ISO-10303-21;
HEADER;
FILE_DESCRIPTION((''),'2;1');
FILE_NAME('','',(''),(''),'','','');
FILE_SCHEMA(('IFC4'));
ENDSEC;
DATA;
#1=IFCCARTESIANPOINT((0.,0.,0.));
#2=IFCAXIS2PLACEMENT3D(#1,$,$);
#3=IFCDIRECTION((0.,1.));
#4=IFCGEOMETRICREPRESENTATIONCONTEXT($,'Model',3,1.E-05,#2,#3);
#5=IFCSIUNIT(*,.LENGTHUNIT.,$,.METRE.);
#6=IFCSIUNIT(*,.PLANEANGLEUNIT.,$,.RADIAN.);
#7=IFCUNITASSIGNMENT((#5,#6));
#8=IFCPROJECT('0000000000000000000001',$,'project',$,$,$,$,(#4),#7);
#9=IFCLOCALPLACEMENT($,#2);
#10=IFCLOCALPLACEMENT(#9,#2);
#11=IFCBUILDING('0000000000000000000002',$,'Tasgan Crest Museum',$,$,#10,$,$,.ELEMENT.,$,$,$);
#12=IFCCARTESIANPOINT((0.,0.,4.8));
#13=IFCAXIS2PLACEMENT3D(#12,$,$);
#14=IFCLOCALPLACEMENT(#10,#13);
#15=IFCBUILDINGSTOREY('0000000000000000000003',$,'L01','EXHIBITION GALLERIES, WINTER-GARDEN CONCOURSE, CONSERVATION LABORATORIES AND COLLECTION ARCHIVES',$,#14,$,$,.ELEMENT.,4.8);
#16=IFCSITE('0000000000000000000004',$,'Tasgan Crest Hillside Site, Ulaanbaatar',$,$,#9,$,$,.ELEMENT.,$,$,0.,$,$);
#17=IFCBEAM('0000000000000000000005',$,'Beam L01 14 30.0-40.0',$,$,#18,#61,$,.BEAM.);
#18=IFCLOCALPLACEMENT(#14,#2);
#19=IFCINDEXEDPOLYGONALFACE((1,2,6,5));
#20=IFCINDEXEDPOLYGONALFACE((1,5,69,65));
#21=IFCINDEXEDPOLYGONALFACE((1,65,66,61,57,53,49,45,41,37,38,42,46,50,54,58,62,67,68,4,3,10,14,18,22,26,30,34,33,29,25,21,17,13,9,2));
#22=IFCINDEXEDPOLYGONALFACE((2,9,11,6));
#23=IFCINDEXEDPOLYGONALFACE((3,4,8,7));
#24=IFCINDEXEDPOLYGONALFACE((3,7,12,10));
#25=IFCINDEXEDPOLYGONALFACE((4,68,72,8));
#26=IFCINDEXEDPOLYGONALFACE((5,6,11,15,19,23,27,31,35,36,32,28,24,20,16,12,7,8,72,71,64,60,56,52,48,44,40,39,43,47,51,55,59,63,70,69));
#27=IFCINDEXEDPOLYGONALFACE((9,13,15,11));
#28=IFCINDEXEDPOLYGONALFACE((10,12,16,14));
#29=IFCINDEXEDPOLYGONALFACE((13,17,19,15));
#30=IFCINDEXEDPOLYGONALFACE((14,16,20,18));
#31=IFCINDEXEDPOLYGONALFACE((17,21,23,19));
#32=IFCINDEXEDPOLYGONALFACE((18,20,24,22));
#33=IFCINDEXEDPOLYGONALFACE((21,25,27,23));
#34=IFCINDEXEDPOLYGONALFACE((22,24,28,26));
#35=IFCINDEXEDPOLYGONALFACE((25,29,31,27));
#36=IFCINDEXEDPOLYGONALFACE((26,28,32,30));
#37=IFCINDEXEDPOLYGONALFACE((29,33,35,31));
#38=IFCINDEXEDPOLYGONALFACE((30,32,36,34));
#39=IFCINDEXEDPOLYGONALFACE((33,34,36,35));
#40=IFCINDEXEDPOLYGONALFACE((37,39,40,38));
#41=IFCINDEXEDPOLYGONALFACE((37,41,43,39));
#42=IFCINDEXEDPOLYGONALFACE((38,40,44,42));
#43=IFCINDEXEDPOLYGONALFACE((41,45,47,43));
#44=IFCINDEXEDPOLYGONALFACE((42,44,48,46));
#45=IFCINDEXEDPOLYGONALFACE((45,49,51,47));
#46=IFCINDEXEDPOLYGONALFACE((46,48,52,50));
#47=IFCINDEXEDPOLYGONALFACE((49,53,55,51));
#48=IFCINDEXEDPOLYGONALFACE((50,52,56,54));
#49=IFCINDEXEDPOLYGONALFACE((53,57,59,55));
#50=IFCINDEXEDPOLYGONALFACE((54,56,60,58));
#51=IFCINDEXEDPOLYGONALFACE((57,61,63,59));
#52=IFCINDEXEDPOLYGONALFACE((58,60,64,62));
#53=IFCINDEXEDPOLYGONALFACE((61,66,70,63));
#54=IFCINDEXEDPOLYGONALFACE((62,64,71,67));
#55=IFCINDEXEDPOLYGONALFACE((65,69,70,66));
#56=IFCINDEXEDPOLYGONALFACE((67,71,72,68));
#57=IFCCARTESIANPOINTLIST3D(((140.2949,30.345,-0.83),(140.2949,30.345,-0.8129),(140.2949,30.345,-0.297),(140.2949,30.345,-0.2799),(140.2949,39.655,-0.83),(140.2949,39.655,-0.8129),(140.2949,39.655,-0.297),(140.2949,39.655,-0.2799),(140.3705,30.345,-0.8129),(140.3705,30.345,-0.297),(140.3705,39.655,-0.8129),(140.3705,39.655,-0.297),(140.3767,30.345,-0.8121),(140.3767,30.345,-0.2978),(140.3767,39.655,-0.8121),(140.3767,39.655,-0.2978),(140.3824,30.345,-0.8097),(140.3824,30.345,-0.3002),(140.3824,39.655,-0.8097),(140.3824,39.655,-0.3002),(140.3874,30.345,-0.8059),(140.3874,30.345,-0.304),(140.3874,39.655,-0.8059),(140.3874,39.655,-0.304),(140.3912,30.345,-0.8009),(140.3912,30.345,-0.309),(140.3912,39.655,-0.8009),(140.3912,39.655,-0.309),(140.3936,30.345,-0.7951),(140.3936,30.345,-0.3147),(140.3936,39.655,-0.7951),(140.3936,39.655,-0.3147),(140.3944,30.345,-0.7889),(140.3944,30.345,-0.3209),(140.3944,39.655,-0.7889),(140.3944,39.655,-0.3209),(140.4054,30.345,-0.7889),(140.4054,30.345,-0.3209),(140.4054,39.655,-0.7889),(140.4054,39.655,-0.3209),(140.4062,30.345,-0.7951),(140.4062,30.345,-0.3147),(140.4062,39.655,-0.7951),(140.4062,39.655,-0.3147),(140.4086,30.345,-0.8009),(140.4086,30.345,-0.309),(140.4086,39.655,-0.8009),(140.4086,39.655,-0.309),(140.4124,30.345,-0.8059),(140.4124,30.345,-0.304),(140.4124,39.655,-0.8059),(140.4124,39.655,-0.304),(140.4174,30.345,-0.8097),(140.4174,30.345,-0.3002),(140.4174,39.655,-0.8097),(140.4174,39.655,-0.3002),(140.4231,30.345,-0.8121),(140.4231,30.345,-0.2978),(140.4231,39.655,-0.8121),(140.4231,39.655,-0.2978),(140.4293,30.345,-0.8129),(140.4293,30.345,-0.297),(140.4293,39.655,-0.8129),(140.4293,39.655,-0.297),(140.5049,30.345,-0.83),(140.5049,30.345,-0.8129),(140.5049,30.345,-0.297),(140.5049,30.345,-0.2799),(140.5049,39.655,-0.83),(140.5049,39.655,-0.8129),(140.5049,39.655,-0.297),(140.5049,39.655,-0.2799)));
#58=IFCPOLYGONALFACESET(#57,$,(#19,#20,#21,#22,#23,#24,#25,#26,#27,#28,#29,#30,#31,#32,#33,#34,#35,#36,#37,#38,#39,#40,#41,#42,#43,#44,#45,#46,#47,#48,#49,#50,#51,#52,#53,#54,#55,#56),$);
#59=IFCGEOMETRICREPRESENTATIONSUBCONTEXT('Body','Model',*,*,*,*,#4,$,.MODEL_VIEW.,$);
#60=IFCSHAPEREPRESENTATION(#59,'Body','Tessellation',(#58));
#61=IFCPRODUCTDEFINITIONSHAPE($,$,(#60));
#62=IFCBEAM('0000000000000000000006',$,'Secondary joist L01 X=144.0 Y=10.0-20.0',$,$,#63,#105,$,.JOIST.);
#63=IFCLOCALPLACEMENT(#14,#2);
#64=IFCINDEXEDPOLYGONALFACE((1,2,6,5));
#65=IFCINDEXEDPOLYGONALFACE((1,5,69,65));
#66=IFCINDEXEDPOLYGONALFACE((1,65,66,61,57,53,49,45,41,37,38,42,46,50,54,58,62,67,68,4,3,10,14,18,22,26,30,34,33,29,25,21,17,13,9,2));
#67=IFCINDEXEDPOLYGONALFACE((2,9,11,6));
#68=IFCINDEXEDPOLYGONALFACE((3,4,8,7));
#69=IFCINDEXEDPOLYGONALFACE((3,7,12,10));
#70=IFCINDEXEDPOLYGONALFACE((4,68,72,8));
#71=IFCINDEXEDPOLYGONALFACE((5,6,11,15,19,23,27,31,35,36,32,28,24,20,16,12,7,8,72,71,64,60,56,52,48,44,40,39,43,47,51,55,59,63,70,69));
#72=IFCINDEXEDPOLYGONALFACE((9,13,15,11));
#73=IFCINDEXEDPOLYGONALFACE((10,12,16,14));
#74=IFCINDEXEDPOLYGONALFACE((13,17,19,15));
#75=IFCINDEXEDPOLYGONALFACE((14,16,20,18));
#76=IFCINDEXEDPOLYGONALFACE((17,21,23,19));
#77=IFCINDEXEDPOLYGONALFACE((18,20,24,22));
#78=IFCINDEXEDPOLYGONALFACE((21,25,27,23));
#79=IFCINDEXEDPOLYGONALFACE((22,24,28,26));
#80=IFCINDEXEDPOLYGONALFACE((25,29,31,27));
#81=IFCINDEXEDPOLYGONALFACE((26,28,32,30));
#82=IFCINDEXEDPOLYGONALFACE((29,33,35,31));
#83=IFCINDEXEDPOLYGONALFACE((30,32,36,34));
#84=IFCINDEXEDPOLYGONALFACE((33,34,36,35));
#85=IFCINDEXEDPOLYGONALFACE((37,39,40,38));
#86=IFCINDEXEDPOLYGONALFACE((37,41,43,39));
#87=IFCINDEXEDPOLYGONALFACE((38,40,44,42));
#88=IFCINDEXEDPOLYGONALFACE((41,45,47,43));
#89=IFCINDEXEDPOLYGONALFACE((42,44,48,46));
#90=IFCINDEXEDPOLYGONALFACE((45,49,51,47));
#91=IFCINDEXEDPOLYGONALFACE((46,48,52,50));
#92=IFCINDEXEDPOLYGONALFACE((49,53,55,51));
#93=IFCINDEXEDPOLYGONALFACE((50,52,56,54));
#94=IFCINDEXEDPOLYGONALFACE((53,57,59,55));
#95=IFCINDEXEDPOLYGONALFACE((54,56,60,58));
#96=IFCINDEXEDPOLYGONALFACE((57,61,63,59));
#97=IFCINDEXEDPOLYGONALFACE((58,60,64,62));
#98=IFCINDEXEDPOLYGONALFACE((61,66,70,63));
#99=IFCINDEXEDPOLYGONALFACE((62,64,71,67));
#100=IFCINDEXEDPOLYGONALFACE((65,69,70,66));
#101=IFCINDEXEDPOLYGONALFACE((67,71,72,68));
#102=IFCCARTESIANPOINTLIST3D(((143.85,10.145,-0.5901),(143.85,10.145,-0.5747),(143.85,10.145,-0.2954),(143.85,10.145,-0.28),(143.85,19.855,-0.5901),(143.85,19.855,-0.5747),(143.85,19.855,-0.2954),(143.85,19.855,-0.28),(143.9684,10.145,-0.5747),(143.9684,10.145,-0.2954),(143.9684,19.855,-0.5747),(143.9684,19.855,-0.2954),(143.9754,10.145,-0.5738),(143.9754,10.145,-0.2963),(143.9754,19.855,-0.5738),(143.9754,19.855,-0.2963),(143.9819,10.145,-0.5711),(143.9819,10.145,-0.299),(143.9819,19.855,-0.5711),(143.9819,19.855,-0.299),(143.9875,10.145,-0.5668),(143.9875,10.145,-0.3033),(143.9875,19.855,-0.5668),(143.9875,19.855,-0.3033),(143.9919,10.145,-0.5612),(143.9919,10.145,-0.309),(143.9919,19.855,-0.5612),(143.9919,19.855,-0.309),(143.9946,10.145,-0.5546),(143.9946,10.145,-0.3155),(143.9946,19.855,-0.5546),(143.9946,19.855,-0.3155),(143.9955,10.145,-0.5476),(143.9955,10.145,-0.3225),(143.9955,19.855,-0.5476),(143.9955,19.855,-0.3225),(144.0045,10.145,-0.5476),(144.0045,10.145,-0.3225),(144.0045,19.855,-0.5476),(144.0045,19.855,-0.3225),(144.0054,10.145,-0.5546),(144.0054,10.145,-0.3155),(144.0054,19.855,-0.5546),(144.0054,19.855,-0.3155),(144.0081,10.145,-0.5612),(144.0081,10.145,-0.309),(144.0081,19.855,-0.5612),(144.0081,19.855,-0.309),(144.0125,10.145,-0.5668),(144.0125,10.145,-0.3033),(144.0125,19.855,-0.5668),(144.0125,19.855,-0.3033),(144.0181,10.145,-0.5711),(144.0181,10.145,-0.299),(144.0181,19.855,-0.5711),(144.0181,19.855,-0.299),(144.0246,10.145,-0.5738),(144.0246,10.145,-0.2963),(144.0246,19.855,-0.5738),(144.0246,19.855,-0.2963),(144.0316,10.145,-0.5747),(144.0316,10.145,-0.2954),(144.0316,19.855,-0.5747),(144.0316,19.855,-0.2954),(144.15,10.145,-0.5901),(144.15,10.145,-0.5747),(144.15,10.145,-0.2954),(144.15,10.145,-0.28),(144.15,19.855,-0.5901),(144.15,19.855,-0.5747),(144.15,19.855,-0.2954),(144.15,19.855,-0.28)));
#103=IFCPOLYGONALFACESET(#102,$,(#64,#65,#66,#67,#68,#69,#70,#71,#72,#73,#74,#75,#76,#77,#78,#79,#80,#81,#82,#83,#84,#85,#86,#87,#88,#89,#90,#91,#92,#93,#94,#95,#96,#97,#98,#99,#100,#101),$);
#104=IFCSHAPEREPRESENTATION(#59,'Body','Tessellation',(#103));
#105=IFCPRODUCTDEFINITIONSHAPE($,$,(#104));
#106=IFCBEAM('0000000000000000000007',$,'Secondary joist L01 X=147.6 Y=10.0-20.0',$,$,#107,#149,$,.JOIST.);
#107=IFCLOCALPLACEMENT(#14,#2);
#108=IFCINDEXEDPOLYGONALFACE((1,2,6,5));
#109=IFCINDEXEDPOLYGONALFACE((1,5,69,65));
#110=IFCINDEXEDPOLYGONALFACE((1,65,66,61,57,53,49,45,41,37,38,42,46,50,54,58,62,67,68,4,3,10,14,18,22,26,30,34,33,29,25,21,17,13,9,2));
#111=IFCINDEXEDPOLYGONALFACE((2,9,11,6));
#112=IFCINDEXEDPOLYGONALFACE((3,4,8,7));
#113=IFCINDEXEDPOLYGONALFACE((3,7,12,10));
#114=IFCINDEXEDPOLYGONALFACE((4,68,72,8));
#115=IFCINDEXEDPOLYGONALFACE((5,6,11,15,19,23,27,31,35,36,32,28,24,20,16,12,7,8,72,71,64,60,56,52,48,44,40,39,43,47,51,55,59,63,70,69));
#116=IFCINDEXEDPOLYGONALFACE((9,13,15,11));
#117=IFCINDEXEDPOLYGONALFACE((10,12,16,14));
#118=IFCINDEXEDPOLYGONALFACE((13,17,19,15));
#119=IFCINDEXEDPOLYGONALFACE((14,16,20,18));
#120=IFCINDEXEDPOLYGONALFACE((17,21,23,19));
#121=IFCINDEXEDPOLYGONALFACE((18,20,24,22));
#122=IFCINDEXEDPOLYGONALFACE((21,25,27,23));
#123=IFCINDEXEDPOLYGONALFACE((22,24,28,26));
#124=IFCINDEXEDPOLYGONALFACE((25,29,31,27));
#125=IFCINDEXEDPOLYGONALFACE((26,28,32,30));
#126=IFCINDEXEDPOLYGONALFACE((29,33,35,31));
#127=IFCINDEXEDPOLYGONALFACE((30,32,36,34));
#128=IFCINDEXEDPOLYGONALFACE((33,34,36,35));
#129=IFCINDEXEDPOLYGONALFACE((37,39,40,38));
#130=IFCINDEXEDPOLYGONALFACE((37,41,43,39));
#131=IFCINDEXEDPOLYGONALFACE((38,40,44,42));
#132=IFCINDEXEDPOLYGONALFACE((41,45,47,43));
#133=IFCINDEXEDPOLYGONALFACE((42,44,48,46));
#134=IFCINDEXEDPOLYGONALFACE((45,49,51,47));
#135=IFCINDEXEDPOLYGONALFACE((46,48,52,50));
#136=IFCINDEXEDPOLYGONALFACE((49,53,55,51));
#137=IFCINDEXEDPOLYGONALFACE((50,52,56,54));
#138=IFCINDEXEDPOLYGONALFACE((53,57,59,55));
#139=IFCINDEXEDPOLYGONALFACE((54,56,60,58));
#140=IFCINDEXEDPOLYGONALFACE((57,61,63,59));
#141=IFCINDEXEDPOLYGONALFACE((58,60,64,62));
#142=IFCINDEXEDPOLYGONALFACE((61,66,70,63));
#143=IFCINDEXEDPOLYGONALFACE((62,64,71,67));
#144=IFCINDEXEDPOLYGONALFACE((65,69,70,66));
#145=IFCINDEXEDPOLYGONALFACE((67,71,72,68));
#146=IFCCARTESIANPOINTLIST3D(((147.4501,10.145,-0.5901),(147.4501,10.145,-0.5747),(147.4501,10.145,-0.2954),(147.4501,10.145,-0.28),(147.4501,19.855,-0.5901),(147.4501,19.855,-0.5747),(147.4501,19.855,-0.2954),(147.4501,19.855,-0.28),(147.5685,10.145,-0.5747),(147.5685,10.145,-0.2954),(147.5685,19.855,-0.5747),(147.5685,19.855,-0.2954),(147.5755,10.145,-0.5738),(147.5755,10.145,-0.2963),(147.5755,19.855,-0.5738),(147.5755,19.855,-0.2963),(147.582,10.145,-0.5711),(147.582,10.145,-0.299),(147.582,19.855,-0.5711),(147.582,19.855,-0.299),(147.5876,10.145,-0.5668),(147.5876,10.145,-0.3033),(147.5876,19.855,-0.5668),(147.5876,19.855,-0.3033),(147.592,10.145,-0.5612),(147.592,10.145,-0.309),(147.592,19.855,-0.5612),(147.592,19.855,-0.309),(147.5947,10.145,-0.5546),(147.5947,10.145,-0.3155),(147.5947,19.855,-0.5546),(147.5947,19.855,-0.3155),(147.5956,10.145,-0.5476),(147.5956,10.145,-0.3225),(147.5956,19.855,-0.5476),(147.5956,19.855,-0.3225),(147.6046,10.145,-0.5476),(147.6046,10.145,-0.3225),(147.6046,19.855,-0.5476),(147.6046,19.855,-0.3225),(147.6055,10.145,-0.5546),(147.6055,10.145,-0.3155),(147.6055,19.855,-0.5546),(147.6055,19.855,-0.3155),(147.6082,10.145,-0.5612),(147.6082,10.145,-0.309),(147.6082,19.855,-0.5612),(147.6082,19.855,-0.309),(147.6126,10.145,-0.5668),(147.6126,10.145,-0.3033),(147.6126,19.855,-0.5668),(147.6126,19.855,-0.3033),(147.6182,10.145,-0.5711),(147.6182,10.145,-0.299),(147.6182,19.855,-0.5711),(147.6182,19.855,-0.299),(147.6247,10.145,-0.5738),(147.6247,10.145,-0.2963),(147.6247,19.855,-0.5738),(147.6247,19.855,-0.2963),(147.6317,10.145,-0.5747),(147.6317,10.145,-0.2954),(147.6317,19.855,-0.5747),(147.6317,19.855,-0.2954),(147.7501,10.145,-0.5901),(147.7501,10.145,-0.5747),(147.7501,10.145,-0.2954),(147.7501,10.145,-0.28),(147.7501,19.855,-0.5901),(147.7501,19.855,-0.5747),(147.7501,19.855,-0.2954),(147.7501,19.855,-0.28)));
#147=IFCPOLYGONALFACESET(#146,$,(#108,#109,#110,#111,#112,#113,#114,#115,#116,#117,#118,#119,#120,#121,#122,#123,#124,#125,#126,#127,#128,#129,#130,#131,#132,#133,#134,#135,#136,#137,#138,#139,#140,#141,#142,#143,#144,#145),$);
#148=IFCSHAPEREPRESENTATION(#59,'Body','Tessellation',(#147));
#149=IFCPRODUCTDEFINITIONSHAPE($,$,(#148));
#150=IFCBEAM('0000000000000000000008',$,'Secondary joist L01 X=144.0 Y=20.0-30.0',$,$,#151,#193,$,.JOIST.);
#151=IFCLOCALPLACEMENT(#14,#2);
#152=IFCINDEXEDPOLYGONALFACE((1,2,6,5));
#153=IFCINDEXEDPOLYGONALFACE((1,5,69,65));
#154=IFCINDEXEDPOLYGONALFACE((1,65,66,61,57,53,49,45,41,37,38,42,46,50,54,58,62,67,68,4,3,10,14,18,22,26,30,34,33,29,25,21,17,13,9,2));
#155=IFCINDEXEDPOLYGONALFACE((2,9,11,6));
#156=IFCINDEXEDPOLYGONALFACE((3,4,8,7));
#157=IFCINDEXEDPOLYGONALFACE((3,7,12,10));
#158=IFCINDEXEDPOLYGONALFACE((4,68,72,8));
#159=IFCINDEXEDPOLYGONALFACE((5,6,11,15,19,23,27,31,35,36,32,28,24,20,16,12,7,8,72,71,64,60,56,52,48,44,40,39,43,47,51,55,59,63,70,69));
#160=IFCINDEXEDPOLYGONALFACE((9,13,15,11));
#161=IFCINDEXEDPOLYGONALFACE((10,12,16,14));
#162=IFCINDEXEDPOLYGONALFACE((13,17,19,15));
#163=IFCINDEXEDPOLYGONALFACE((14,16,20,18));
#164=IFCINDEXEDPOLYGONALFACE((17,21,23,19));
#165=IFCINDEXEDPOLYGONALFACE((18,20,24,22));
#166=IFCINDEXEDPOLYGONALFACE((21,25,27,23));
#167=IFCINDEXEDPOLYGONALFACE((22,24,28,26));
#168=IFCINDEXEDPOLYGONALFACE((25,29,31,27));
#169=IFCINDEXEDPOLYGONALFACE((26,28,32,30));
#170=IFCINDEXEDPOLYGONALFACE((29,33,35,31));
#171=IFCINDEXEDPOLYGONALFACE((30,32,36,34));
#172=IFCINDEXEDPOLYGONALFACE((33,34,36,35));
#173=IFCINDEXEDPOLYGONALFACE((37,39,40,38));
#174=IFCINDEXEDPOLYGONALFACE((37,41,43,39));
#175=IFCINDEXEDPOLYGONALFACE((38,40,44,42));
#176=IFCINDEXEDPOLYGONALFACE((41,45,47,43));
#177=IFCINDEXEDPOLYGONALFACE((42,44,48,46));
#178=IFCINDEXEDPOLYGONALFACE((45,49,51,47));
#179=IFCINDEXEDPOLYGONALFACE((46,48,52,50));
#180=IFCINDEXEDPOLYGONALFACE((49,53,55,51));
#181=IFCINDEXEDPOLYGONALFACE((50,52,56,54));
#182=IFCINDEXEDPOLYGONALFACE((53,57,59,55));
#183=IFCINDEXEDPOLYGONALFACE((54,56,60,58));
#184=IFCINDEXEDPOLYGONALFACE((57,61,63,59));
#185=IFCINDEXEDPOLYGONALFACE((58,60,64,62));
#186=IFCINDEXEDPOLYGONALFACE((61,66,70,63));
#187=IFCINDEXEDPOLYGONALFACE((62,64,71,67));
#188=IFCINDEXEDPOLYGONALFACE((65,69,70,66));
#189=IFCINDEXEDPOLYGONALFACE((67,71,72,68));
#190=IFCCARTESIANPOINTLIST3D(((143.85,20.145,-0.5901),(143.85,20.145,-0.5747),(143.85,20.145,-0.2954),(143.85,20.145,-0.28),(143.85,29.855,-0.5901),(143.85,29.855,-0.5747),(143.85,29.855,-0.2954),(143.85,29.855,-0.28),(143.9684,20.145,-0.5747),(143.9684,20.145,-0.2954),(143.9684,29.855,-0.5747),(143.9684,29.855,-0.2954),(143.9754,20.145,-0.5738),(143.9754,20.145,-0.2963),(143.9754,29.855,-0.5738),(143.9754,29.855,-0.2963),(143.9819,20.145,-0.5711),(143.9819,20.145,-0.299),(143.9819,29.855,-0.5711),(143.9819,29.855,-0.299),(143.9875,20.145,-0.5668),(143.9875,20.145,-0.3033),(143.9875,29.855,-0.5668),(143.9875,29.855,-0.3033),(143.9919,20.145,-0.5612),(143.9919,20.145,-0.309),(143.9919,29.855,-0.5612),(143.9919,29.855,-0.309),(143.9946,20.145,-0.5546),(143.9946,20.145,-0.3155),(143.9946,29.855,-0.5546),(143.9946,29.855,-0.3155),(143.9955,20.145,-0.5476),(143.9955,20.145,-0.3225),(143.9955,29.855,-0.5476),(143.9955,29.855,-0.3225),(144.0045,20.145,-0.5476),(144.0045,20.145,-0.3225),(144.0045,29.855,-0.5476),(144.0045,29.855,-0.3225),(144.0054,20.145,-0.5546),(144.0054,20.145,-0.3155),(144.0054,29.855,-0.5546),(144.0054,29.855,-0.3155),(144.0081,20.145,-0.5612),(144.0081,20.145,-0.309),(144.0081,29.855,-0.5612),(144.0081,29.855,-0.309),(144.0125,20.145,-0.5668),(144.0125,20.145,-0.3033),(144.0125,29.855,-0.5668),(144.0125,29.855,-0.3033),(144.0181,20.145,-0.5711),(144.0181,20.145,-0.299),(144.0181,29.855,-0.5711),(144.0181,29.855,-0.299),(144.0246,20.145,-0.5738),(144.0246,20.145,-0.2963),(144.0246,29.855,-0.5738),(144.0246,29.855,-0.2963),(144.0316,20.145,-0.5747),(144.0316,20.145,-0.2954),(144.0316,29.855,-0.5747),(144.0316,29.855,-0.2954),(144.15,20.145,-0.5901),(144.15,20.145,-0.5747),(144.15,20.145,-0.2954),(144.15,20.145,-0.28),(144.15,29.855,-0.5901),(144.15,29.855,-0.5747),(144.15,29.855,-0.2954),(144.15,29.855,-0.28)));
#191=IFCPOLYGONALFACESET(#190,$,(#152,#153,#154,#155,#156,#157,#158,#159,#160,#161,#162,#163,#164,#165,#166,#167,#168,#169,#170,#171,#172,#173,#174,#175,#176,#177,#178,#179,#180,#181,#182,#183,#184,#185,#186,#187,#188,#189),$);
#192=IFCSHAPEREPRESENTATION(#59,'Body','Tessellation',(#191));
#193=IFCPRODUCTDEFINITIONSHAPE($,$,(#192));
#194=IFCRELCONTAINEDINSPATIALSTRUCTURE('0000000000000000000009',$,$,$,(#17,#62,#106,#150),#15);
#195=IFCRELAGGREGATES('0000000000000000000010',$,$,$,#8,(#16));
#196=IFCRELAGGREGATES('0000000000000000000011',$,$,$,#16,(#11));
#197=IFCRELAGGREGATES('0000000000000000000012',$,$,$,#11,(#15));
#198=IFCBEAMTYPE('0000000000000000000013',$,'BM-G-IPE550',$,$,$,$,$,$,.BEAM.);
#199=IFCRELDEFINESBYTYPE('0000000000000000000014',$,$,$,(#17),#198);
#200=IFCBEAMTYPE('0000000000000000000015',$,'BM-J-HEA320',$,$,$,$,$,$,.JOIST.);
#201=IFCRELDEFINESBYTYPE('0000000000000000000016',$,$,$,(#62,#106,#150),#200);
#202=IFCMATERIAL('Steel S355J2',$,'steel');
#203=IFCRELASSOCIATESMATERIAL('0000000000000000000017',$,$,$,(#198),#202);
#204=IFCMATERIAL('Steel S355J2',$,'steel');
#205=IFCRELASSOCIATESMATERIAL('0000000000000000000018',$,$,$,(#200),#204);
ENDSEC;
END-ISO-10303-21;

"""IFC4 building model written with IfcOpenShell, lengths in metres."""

from ifc_helpers import new_model, si_unit, direction, frame, origin, origin_2d, place, context, subcontext, project, spatial, i_section, extrude, material, material_profile, profile_set, type_object, element, save


model = new_model("IFC4")

# Units and contexts
model_context = context("Model", 3, precision=1e-05, world=origin(), true_north=direction((0.0, 1.0)))
body_context = subcontext(model_context, "Body", "Model", "MODEL_VIEW")
ifc_project = project(units=[si_unit("LENGTHUNIT", "METRE"), si_unit("PLANEANGLEUNIT", "RADIAN")], contexts=[model_context])

# Site, building, storey
site_placement = place(None, origin())
site = spatial("IfcSite", under=ifc_project, at=site_placement, Name="Tasgan Crest Hillside Site, Ulaanbaatar", CompositionType="ELEMENT", RefElevation=0.0)
building_placement = place(site_placement, origin())
building = spatial("IfcBuilding", under=site, at=building_placement, Name="Tasgan Crest Museum", CompositionType="ELEMENT")
storey_placement = place(building_placement, frame((0.0, 0.0, 4.8)))
storey = spatial("IfcBuildingStorey", under=building, at=storey_placement, Name="L01", Description="EXHIBITION GALLERIES, WINTER-GARDEN CONCOURSE, CONSERVATION LABORATORIES AND COLLECTION ARCHIVES", CompositionType="ELEMENT", Elevation=4.8)

# Beams
ifc_material_1 = material(Name="Steel S355J2", Category="steel")
ifc_material_profile_1 = material_profile(ifc_material_1, i_section(OverallWidth=0.21, OverallDepth=0.55, WebThickness=0.011, FlangeThickness=0.0171, FilletRadius=0.0239, at=origin_2d()), Name="IPE 550")
ifc_profile_set_1 = profile_set([ifc_material_profile_1], Name="Steel S355J2")
beam_type_1 = type_object("IfcBeamType", Name="BM-G-IPE550", PredefinedType="BEAM", material=ifc_profile_set_1)
for number, where, z_axis, x_axis, name in (
    (1, (140.3999, 30.345, -0.5549), (0.0, 1.0, 0.0), (-1.0, 0.0, 0.0), "Beam L01 14 30.0-40.0"),
):
    element("IfcBeam", number, at=place(storey_placement, frame(where, z_axis=z_axis, x_axis=x_axis)), inside=storey, type_object=beam_type_1, Name=name, PredefinedType="BEAM", context=body_context, shape_type="SweptSolid", body=[
        extrude(i_section(OverallWidth=0.21, OverallDepth=0.55, WebThickness=0.011, FlangeThickness=0.0171, FilletRadius=0.0239, at=origin_2d()), origin(), (0.0, 0.0, 1.0), 9.3101),
    ])
ifc_material_2 = material(Name="Steel S355J2", Category="steel")
ifc_material_profile_2 = material_profile(ifc_material_2, i_section(OverallWidth=0.3, OverallDepth=0.3101, WebThickness=0.009, FlangeThickness=0.0154, FilletRadius=0.0271, at=origin_2d()), Name="HEA 320")
ifc_profile_set_2 = profile_set([ifc_material_profile_2], Name="Steel S355J2")
beam_type_2 = type_object("IfcBeamType", Name="BM-J-HEA320", PredefinedType="JOIST", material=ifc_profile_set_2)
for number, where, z_axis, x_axis, name in (
    (2, (144.0, 10.145, -0.4351), (0.0, 1.0, 0.0), (-1.0, 0.0, 0.0), "Secondary joist L01 X=144.0 Y=10.0-20.0"),
    (3, (147.6001, 10.145, -0.4351), (0.0, 1.0, 0.0), (-1.0, 0.0, 0.0), "Secondary joist L01 X=147.6 Y=10.0-20.0"),
    (4, (144.0, 20.145, -0.4351), (0.0, 1.0, 0.0), (-1.0, 0.0, 0.0), "Secondary joist L01 X=144.0 Y=20.0-30.0"),
):
    element("IfcBeam", number, at=place(storey_placement, frame(where, z_axis=z_axis, x_axis=x_axis)), inside=storey, type_object=beam_type_2, Name=name, PredefinedType="JOIST", context=body_context, shape_type="SweptSolid", body=[
        extrude(i_section(OverallWidth=0.3, OverallDepth=0.3101, WebThickness=0.009, FlangeThickness=0.0154, FilletRadius=0.0271, at=origin_2d()), origin(), (0.0, 0.0, 1.0), 9.71),
    ])

save(model, "model.ifc")
